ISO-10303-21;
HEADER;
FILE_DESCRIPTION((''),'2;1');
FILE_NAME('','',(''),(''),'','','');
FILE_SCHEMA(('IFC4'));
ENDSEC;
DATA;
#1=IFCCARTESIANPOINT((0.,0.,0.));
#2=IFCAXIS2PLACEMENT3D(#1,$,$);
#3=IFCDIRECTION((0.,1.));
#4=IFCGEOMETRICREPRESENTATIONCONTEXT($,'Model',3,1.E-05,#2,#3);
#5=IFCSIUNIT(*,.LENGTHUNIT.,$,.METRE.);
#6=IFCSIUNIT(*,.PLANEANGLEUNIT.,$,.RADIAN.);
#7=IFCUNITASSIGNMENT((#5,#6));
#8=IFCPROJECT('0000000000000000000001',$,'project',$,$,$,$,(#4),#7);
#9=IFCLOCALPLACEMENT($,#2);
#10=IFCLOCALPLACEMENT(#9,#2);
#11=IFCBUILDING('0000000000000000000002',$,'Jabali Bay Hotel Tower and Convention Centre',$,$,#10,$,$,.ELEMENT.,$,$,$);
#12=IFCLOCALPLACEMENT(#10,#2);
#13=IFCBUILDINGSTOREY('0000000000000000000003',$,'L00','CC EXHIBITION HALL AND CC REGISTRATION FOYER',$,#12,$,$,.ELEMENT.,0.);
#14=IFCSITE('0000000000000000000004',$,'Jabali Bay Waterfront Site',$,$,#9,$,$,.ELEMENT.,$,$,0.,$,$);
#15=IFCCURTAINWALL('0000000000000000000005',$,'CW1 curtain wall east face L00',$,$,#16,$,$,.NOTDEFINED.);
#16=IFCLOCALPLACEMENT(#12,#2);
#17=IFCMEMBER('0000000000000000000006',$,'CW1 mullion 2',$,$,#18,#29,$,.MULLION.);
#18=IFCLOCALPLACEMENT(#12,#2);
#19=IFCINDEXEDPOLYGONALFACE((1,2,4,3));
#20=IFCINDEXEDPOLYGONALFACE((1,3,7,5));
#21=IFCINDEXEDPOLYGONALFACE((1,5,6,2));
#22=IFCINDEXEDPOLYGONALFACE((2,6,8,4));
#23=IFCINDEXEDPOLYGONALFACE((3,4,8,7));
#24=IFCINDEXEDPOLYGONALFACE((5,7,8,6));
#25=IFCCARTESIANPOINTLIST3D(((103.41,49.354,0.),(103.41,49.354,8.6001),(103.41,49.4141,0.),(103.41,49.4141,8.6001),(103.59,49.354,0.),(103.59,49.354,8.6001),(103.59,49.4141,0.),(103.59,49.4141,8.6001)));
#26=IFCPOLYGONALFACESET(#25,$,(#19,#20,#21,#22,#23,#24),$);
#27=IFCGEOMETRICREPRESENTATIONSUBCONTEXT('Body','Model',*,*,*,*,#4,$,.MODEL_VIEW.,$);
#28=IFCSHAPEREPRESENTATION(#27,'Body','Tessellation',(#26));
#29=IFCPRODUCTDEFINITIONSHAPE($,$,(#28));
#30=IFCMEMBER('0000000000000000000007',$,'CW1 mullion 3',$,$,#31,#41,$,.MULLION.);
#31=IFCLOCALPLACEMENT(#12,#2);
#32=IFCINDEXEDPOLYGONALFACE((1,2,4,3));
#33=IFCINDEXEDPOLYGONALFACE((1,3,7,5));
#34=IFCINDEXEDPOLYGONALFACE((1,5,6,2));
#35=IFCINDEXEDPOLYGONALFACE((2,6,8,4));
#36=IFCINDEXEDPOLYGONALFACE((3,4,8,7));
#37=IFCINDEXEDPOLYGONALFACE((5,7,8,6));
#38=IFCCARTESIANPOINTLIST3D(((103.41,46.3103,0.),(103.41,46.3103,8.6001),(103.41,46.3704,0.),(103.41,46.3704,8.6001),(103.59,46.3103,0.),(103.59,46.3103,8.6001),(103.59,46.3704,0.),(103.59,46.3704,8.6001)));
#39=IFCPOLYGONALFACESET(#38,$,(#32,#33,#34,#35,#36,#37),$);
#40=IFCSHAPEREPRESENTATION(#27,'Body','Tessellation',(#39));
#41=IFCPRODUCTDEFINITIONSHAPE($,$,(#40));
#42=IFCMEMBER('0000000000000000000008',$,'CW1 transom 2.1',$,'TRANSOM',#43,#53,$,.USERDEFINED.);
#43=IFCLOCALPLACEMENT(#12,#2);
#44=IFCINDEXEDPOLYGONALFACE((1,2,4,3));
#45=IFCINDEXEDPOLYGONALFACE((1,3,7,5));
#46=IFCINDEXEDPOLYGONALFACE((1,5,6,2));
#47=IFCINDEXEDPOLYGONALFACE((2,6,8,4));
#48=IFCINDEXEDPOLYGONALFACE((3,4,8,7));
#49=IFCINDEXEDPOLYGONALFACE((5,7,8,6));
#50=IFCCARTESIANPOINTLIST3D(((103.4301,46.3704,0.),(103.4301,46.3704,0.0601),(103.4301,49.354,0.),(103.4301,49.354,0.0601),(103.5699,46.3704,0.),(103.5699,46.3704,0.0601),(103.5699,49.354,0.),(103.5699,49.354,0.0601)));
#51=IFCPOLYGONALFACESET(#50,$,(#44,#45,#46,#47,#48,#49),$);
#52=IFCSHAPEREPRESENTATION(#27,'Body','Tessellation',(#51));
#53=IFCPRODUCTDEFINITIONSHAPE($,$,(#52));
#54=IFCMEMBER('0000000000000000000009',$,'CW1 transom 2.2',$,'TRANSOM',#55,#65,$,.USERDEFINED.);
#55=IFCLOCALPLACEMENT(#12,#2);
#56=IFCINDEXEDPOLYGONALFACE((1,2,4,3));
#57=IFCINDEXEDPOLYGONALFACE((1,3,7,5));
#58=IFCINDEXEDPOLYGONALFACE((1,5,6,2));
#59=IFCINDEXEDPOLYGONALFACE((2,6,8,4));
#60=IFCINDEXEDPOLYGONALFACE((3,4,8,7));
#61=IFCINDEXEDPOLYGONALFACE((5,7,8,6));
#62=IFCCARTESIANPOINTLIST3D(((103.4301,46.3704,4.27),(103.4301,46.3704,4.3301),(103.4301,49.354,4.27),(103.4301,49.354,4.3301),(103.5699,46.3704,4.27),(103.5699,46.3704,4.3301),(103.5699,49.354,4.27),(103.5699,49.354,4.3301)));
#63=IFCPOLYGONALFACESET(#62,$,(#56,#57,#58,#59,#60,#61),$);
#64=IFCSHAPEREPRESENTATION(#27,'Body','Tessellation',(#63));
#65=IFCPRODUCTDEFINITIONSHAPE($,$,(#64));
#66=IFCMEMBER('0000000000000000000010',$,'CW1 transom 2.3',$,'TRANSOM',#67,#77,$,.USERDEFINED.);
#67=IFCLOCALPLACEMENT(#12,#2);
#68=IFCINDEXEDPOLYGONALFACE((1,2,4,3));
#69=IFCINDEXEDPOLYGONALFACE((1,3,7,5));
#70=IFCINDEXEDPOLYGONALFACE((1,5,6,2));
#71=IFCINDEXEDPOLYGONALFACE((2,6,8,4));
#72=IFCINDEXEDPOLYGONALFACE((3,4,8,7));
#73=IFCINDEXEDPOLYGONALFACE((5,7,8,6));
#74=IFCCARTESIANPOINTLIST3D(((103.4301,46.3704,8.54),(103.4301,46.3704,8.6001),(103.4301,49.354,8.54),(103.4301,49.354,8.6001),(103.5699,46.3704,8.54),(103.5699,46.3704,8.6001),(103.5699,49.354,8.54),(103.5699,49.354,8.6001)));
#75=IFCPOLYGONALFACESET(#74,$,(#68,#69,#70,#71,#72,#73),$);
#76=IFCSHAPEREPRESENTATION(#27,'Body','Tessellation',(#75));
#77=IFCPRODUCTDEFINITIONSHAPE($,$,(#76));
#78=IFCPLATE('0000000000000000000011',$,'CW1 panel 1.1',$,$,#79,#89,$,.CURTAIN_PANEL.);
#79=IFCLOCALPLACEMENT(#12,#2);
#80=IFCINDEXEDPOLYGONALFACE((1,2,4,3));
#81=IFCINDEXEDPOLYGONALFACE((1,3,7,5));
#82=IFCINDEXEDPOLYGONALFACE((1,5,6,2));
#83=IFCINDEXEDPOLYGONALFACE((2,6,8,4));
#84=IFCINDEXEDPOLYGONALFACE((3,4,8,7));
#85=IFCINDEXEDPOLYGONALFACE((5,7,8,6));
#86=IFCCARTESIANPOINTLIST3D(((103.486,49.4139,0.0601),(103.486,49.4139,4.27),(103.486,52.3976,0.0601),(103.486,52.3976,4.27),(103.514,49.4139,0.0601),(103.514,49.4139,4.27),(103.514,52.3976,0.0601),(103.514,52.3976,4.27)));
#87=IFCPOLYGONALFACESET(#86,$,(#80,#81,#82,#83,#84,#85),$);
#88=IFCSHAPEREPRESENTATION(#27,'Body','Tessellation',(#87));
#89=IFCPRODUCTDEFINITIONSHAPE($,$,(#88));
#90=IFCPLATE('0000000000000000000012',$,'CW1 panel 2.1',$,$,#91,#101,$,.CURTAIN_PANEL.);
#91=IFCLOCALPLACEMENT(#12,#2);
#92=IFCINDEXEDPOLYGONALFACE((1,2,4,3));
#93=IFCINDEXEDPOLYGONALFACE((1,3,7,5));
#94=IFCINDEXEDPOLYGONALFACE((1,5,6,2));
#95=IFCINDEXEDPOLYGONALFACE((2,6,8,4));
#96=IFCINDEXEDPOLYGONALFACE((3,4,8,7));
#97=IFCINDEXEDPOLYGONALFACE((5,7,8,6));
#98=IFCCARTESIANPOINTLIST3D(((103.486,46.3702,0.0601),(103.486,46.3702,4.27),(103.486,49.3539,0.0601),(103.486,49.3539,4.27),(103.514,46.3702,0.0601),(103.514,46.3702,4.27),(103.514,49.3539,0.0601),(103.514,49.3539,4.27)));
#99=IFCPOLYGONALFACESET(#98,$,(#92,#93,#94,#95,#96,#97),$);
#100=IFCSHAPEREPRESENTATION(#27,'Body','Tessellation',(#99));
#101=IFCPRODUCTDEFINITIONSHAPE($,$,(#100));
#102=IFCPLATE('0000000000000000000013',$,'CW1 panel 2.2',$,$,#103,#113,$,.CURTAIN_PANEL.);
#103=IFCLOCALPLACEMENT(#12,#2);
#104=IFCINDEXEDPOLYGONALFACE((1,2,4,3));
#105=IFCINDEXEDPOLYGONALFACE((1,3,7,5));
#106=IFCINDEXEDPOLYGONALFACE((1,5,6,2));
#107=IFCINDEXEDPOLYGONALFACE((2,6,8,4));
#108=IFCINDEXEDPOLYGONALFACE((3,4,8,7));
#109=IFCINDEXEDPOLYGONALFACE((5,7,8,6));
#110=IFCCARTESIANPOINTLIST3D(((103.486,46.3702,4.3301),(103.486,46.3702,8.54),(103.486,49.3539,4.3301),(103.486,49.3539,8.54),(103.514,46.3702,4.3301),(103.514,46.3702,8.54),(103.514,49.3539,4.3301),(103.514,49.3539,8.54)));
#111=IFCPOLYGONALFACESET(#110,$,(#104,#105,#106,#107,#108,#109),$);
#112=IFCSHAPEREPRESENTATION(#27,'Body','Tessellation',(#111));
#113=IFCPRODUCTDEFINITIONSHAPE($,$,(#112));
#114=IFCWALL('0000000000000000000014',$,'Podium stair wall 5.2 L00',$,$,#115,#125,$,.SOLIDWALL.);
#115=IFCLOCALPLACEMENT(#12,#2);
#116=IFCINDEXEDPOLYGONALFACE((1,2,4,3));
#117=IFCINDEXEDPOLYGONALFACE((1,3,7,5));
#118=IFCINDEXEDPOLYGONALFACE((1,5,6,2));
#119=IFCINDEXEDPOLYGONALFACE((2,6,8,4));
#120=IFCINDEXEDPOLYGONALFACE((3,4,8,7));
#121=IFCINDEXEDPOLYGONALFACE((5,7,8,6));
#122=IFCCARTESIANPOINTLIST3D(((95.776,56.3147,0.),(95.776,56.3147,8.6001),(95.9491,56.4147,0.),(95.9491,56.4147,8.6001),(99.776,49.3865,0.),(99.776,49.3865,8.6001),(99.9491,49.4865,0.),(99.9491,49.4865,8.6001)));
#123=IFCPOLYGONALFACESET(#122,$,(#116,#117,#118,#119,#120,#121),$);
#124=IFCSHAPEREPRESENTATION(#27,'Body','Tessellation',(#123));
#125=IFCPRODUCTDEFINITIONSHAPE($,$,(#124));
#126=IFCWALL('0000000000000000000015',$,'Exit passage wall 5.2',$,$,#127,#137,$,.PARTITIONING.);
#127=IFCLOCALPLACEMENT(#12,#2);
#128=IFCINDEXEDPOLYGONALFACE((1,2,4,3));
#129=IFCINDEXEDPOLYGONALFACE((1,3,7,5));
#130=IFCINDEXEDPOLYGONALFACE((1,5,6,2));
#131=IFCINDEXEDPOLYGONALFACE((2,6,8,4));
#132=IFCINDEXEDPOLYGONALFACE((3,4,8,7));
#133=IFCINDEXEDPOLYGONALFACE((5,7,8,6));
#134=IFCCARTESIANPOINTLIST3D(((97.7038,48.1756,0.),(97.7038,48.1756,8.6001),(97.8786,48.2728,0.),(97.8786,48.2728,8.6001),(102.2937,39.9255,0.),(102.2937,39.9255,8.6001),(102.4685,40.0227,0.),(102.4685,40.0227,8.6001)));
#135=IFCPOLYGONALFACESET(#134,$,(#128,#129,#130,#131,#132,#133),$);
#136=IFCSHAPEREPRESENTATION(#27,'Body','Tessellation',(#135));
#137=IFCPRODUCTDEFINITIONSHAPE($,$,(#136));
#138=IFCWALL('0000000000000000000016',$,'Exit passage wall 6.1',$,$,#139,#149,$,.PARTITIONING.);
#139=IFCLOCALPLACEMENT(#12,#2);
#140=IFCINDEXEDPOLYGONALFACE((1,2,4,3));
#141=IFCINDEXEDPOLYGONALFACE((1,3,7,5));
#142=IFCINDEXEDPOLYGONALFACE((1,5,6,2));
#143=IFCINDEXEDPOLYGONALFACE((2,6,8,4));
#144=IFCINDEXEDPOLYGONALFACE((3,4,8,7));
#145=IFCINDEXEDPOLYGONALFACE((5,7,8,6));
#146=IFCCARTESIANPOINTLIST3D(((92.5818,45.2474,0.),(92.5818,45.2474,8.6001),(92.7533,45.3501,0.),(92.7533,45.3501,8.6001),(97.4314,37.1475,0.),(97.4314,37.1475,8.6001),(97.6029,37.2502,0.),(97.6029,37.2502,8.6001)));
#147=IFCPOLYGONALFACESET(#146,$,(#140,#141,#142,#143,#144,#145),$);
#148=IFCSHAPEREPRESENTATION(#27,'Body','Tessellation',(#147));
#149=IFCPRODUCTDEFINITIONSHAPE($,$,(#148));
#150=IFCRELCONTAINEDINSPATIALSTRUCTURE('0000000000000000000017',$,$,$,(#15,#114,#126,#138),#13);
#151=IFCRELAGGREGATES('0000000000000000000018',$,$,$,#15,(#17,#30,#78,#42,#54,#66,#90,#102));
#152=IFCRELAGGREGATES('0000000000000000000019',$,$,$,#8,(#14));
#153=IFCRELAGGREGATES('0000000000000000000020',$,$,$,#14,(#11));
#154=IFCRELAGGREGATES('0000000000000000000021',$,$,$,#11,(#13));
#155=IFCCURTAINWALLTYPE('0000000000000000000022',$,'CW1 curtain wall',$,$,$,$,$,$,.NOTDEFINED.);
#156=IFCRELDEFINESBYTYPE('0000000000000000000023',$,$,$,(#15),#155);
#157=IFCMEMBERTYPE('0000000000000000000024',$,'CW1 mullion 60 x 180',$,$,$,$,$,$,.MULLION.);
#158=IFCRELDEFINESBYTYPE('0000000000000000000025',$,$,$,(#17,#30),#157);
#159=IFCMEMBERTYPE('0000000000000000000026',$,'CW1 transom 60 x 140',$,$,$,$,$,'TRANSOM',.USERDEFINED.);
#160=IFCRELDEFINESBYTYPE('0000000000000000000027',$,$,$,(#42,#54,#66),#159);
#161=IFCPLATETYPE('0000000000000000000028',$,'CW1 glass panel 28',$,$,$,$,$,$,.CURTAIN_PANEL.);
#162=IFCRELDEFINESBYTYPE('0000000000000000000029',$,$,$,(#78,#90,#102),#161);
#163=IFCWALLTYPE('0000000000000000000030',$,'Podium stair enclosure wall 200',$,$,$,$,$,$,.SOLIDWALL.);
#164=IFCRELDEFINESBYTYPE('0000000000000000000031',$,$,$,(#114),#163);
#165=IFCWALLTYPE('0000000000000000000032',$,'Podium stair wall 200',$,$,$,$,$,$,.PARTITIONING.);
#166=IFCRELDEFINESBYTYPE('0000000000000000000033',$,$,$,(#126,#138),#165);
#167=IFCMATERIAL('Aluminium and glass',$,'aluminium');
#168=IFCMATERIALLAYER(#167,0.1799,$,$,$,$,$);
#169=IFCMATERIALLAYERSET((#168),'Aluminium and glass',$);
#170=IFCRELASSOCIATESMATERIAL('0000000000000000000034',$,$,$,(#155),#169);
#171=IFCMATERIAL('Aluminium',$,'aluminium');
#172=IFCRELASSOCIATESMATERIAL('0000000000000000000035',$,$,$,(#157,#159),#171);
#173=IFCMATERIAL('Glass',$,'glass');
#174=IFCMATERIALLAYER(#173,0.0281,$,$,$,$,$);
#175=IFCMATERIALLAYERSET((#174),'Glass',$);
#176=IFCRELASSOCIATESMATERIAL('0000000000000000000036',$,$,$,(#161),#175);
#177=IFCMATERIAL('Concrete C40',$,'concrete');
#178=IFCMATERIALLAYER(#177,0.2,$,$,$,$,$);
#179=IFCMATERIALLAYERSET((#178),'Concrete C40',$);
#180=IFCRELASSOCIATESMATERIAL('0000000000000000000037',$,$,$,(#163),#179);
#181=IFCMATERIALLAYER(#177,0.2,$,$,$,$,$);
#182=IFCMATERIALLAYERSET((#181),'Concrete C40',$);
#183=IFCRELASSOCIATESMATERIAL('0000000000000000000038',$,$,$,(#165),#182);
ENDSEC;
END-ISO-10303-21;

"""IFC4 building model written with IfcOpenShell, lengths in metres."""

from ifc_helpers import new_model, si_unit, direction, frame, frame_2d, origin, origin_2d, place, context, subcontext, project, spatial, rectangle, extrude, material, layer, layer_set, material_profile, profile_set, type_object, element, aggregate, save


model = new_model("IFC4")

# Units and contexts
model_context = context("Model", 3, precision=1e-05, world=origin(), true_north=direction((0.0, 1.0)))
body_context = subcontext(model_context, "Body", "Model", "MODEL_VIEW")
ifc_project = project(units=[si_unit("LENGTHUNIT", "METRE"), si_unit("PLANEANGLEUNIT", "RADIAN")], contexts=[model_context])

# Site, building, storey
site_placement = place(None, origin())
site = spatial("IfcSite", under=ifc_project, at=site_placement, Name="Jabali Bay Waterfront Site", CompositionType="ELEMENT", RefElevation=0.0)
building_placement = place(site_placement, origin())
building = spatial("IfcBuilding", under=site, at=building_placement, Name="Jabali Bay Hotel Tower and Convention Centre", CompositionType="ELEMENT")
storey_placement = place(building_placement, origin())
storey = spatial("IfcBuildingStorey", under=building, at=storey_placement, Name="L00", Description="CC EXHIBITION HALL AND CC REGISTRATION FOYER", CompositionType="ELEMENT", Elevation=0.0)

# Curtain wall, members, plates
ifc_material_1 = material(Name="Aluminium and glass", Category="aluminium")
ifc_layer_1 = layer(ifc_material_1, 0.1799)
ifc_layer_set_1 = layer_set([ifc_layer_1], Name="Aluminium and glass")
curtain_wall_type = type_object("IfcCurtainWallType", Name="CW1 curtain wall", PredefinedType="NOTDEFINED", material=ifc_layer_set_1)
curtain_wall_placement = place(storey_placement, origin())
curtain_wall = element("IfcCurtainWall", 1, at=curtain_wall_placement, inside=storey, type_object=curtain_wall_type, Name="CW1 curtain wall east face L00", PredefinedType="NOTDEFINED")
ifc_material_2 = material(Name="Aluminium", Category="aluminium")
ifc_material_profile_1 = material_profile(ifc_material_2, rectangle(XDim=0.1799, YDim=0.0601, at=origin_2d()), Name="CW1 mullion 60 x 180")
ifc_profile_set_1 = profile_set([ifc_material_profile_1], Name="Aluminium")
member_type_1 = type_object("IfcMemberType", Name="CW1 mullion 60 x 180", PredefinedType="MULLION", material=ifc_profile_set_1)
member_1_placement = place(storey_placement, frame((103.5, 49.384, 0.0), z_axis=(0.0, 0.0, 1.0), x_axis=(1.0, 0.0, 0.0)))
member_1 = element("IfcMember", 2, at=member_1_placement, type_object=member_type_1, Name="CW1 mullion 2", PredefinedType="MULLION", context=body_context, shape_type="SweptSolid", body=[
    extrude(rectangle(XDim=0.1799, YDim=0.0601, at=origin_2d()), origin(), (0.0, 0.0, 1.0), 8.6001),
])
member_2_placement = place(storey_placement, frame((103.5, 46.3403, 0.0), z_axis=(0.0, 0.0, 1.0), x_axis=(1.0, 0.0, 0.0)))
member_2 = element("IfcMember", 3, at=member_2_placement, type_object=member_type_1, Name="CW1 mullion 3", PredefinedType="MULLION", context=body_context, shape_type="SweptSolid", body=[
    extrude(rectangle(XDim=0.1799, YDim=0.0601, at=origin_2d()), origin(), (0.0, 0.0, 1.0), 8.6001),
])
ifc_material_profile_2 = material_profile(ifc_material_2, rectangle(XDim=0.1399, YDim=0.0601, at=origin_2d()), Name="CW1 transom 60 x 140")
ifc_profile_set_2 = profile_set([ifc_material_profile_2], Name="Aluminium")
member_type_2 = type_object("IfcMemberType", Name="CW1 transom 60 x 140", ElementType="TRANSOM", PredefinedType="USERDEFINED", material=ifc_profile_set_2)
member_3_placement = place(storey_placement, frame((103.5, 49.354, 0.03), z_axis=(0.0, -1.0, 0.0), x_axis=(1.0, 0.0, 0.0)))
member_3 = element("IfcMember", 4, at=member_3_placement, type_object=member_type_2, Name="CW1 transom 2.1", ObjectType="TRANSOM", PredefinedType="USERDEFINED", context=body_context, shape_type="SweptSolid", body=[
    extrude(rectangle(XDim=0.1399, YDim=0.0601, at=origin_2d()), origin(), (0.0, 0.0, 1.0), 2.9836),
])
member_4_placement = place(storey_placement, frame((103.5, 49.354, 4.3), z_axis=(0.0, -1.0, 0.0), x_axis=(1.0, 0.0, 0.0)))
member_4 = element("IfcMember", 5, at=member_4_placement, type_object=member_type_2, Name="CW1 transom 2.2", ObjectType="TRANSOM", PredefinedType="USERDEFINED", context=body_context, shape_type="SweptSolid", body=[
    extrude(rectangle(XDim=0.1399, YDim=0.0601, at=origin_2d()), origin(), (0.0, 0.0, 1.0), 2.9836),
])
member_5_placement = place(storey_placement, frame((103.5, 49.354, 8.5701), z_axis=(0.0, -1.0, 0.0), x_axis=(1.0, 0.0, 0.0)))
member_5 = element("IfcMember", 6, at=member_5_placement, type_object=member_type_2, Name="CW1 transom 2.3", ObjectType="TRANSOM", PredefinedType="USERDEFINED", context=body_context, shape_type="SweptSolid", body=[
    extrude(rectangle(XDim=0.1399, YDim=0.0601, at=origin_2d()), origin(), (0.0, 0.0, 1.0), 2.9836),
])
ifc_material_3 = material(Name="Glass", Category="glass")
ifc_layer_2 = layer(ifc_material_3, 0.0281)
ifc_layer_set_2 = layer_set([ifc_layer_2], Name="Glass")
plate_type = type_object("IfcPlateType", Name="CW1 glass panel 28", PredefinedType="CURTAIN_PANEL", material=ifc_layer_set_2)
plate_1_placement = place(storey_placement, frame((103.5, 50.9058, 0.0601), z_axis=(0.0, 0.0, 1.0), x_axis=(0.0, -1.0, 0.0)))
plate_1 = element("IfcPlate", 7, at=plate_1_placement, type_object=plate_type, Name="CW1 panel 1.1", PredefinedType="CURTAIN_PANEL", context=body_context, shape_type="SweptSolid", body=[
    extrude(rectangle(XDim=2.9836, YDim=0.0281, at=origin_2d()), origin(), (0.0, 0.0, 1.0), 4.21),
])
plate_2_placement = place(storey_placement, frame((103.5, 47.8621, 0.0601), z_axis=(0.0, 0.0, 1.0), x_axis=(0.0, -1.0, 0.0)))
plate_2 = element("IfcPlate", 8, at=plate_2_placement, type_object=plate_type, Name="CW1 panel 2.1", PredefinedType="CURTAIN_PANEL", context=body_context, shape_type="SweptSolid", body=[
    extrude(rectangle(XDim=2.9836, YDim=0.0281, at=origin_2d()), origin(), (0.0, 0.0, 1.0), 4.21),
])
plate_3_placement = place(storey_placement, frame((103.5, 47.8621, 4.3301), z_axis=(0.0, 0.0, 1.0), x_axis=(0.0, -1.0, 0.0)))
plate_3 = element("IfcPlate", 9, at=plate_3_placement, type_object=plate_type, Name="CW1 panel 2.2", PredefinedType="CURTAIN_PANEL", context=body_context, shape_type="SweptSolid", body=[
    extrude(rectangle(XDim=2.9836, YDim=0.0281, at=origin_2d()), origin(), (0.0, 0.0, 1.0), 4.21),
])
aggregate(curtain_wall, [member_1, member_2, plate_1, member_3, member_4, member_5, plate_2, plate_3])

# Shared definitions
ifc_material_4 = material(Name="Concrete C40", Category="concrete")

# Walls
ifc_layer_3 = layer(ifc_material_4, 0.2)
ifc_layer_set_3 = layer_set([ifc_layer_3], Name="Concrete C40")
wall_type_1 = type_object("IfcWallType", Name="Podium stair enclosure wall 200", PredefinedType="SOLIDWALL", material=ifc_layer_set_3)
wall_1_placement = place(storey_placement, frame((99.8625, 49.4365, 0.0), z_axis=(0.0, 0.0, 1.0), x_axis=(-0.499999, 0.866026, 0.0)))
element("IfcWall", 10, at=wall_1_placement, inside=storey, type_object=wall_type_1, Name="Podium stair wall 5.2 L00", PredefinedType="SOLIDWALL", context=body_context, shape_type="SweptSolid", body=[
    extrude(rectangle(XDim=8.0, YDim=0.2, at=frame_2d((4.0, 0.0))), origin(), (0.0, 0.0, 1.0), 8.6001),
])
ifc_layer_4 = layer(ifc_material_4, 0.2)
ifc_layer_set_4 = layer_set([ifc_layer_4], Name="Concrete C40")
wall_type_2 = type_object("IfcWallType", Name="Podium stair wall 200", PredefinedType="PARTITIONING", material=ifc_layer_set_4)
wall_2_placement = place(storey_placement, frame((102.3811, 39.9741, 0.0), z_axis=(0.0, 0.0, 1.0), x_axis=(-0.48617, 0.873864, 0.0)))
element("IfcWall", 11, at=wall_2_placement, inside=storey, type_object=wall_type_2, Name="Exit passage wall 5.2", PredefinedType="PARTITIONING", context=body_context, shape_type="SweptSolid", body=[
    extrude(rectangle(XDim=9.4409, YDim=0.2, at=frame_2d((4.7205, 0.0))), origin(), (0.0, 0.0, 1.0), 8.6001),
])
wall_3_placement = place(storey_placement, frame((97.5171, 37.199, 0.0), z_axis=(0.0, 0.0, 1.0), x_axis=(-0.513693, 0.857974, 0.0)))
element("IfcWall", 12, at=wall_3_placement, inside=storey, type_object=wall_type_2, Name="Exit passage wall 6.1", PredefinedType="PARTITIONING", context=body_context, shape_type="SweptSolid", body=[
    extrude(rectangle(XDim=9.4407, YDim=0.2, at=frame_2d((4.7202, 0.0))), origin(), (0.0, 0.0, 1.0), 8.6001),
])

save(model, "model.ifc")
